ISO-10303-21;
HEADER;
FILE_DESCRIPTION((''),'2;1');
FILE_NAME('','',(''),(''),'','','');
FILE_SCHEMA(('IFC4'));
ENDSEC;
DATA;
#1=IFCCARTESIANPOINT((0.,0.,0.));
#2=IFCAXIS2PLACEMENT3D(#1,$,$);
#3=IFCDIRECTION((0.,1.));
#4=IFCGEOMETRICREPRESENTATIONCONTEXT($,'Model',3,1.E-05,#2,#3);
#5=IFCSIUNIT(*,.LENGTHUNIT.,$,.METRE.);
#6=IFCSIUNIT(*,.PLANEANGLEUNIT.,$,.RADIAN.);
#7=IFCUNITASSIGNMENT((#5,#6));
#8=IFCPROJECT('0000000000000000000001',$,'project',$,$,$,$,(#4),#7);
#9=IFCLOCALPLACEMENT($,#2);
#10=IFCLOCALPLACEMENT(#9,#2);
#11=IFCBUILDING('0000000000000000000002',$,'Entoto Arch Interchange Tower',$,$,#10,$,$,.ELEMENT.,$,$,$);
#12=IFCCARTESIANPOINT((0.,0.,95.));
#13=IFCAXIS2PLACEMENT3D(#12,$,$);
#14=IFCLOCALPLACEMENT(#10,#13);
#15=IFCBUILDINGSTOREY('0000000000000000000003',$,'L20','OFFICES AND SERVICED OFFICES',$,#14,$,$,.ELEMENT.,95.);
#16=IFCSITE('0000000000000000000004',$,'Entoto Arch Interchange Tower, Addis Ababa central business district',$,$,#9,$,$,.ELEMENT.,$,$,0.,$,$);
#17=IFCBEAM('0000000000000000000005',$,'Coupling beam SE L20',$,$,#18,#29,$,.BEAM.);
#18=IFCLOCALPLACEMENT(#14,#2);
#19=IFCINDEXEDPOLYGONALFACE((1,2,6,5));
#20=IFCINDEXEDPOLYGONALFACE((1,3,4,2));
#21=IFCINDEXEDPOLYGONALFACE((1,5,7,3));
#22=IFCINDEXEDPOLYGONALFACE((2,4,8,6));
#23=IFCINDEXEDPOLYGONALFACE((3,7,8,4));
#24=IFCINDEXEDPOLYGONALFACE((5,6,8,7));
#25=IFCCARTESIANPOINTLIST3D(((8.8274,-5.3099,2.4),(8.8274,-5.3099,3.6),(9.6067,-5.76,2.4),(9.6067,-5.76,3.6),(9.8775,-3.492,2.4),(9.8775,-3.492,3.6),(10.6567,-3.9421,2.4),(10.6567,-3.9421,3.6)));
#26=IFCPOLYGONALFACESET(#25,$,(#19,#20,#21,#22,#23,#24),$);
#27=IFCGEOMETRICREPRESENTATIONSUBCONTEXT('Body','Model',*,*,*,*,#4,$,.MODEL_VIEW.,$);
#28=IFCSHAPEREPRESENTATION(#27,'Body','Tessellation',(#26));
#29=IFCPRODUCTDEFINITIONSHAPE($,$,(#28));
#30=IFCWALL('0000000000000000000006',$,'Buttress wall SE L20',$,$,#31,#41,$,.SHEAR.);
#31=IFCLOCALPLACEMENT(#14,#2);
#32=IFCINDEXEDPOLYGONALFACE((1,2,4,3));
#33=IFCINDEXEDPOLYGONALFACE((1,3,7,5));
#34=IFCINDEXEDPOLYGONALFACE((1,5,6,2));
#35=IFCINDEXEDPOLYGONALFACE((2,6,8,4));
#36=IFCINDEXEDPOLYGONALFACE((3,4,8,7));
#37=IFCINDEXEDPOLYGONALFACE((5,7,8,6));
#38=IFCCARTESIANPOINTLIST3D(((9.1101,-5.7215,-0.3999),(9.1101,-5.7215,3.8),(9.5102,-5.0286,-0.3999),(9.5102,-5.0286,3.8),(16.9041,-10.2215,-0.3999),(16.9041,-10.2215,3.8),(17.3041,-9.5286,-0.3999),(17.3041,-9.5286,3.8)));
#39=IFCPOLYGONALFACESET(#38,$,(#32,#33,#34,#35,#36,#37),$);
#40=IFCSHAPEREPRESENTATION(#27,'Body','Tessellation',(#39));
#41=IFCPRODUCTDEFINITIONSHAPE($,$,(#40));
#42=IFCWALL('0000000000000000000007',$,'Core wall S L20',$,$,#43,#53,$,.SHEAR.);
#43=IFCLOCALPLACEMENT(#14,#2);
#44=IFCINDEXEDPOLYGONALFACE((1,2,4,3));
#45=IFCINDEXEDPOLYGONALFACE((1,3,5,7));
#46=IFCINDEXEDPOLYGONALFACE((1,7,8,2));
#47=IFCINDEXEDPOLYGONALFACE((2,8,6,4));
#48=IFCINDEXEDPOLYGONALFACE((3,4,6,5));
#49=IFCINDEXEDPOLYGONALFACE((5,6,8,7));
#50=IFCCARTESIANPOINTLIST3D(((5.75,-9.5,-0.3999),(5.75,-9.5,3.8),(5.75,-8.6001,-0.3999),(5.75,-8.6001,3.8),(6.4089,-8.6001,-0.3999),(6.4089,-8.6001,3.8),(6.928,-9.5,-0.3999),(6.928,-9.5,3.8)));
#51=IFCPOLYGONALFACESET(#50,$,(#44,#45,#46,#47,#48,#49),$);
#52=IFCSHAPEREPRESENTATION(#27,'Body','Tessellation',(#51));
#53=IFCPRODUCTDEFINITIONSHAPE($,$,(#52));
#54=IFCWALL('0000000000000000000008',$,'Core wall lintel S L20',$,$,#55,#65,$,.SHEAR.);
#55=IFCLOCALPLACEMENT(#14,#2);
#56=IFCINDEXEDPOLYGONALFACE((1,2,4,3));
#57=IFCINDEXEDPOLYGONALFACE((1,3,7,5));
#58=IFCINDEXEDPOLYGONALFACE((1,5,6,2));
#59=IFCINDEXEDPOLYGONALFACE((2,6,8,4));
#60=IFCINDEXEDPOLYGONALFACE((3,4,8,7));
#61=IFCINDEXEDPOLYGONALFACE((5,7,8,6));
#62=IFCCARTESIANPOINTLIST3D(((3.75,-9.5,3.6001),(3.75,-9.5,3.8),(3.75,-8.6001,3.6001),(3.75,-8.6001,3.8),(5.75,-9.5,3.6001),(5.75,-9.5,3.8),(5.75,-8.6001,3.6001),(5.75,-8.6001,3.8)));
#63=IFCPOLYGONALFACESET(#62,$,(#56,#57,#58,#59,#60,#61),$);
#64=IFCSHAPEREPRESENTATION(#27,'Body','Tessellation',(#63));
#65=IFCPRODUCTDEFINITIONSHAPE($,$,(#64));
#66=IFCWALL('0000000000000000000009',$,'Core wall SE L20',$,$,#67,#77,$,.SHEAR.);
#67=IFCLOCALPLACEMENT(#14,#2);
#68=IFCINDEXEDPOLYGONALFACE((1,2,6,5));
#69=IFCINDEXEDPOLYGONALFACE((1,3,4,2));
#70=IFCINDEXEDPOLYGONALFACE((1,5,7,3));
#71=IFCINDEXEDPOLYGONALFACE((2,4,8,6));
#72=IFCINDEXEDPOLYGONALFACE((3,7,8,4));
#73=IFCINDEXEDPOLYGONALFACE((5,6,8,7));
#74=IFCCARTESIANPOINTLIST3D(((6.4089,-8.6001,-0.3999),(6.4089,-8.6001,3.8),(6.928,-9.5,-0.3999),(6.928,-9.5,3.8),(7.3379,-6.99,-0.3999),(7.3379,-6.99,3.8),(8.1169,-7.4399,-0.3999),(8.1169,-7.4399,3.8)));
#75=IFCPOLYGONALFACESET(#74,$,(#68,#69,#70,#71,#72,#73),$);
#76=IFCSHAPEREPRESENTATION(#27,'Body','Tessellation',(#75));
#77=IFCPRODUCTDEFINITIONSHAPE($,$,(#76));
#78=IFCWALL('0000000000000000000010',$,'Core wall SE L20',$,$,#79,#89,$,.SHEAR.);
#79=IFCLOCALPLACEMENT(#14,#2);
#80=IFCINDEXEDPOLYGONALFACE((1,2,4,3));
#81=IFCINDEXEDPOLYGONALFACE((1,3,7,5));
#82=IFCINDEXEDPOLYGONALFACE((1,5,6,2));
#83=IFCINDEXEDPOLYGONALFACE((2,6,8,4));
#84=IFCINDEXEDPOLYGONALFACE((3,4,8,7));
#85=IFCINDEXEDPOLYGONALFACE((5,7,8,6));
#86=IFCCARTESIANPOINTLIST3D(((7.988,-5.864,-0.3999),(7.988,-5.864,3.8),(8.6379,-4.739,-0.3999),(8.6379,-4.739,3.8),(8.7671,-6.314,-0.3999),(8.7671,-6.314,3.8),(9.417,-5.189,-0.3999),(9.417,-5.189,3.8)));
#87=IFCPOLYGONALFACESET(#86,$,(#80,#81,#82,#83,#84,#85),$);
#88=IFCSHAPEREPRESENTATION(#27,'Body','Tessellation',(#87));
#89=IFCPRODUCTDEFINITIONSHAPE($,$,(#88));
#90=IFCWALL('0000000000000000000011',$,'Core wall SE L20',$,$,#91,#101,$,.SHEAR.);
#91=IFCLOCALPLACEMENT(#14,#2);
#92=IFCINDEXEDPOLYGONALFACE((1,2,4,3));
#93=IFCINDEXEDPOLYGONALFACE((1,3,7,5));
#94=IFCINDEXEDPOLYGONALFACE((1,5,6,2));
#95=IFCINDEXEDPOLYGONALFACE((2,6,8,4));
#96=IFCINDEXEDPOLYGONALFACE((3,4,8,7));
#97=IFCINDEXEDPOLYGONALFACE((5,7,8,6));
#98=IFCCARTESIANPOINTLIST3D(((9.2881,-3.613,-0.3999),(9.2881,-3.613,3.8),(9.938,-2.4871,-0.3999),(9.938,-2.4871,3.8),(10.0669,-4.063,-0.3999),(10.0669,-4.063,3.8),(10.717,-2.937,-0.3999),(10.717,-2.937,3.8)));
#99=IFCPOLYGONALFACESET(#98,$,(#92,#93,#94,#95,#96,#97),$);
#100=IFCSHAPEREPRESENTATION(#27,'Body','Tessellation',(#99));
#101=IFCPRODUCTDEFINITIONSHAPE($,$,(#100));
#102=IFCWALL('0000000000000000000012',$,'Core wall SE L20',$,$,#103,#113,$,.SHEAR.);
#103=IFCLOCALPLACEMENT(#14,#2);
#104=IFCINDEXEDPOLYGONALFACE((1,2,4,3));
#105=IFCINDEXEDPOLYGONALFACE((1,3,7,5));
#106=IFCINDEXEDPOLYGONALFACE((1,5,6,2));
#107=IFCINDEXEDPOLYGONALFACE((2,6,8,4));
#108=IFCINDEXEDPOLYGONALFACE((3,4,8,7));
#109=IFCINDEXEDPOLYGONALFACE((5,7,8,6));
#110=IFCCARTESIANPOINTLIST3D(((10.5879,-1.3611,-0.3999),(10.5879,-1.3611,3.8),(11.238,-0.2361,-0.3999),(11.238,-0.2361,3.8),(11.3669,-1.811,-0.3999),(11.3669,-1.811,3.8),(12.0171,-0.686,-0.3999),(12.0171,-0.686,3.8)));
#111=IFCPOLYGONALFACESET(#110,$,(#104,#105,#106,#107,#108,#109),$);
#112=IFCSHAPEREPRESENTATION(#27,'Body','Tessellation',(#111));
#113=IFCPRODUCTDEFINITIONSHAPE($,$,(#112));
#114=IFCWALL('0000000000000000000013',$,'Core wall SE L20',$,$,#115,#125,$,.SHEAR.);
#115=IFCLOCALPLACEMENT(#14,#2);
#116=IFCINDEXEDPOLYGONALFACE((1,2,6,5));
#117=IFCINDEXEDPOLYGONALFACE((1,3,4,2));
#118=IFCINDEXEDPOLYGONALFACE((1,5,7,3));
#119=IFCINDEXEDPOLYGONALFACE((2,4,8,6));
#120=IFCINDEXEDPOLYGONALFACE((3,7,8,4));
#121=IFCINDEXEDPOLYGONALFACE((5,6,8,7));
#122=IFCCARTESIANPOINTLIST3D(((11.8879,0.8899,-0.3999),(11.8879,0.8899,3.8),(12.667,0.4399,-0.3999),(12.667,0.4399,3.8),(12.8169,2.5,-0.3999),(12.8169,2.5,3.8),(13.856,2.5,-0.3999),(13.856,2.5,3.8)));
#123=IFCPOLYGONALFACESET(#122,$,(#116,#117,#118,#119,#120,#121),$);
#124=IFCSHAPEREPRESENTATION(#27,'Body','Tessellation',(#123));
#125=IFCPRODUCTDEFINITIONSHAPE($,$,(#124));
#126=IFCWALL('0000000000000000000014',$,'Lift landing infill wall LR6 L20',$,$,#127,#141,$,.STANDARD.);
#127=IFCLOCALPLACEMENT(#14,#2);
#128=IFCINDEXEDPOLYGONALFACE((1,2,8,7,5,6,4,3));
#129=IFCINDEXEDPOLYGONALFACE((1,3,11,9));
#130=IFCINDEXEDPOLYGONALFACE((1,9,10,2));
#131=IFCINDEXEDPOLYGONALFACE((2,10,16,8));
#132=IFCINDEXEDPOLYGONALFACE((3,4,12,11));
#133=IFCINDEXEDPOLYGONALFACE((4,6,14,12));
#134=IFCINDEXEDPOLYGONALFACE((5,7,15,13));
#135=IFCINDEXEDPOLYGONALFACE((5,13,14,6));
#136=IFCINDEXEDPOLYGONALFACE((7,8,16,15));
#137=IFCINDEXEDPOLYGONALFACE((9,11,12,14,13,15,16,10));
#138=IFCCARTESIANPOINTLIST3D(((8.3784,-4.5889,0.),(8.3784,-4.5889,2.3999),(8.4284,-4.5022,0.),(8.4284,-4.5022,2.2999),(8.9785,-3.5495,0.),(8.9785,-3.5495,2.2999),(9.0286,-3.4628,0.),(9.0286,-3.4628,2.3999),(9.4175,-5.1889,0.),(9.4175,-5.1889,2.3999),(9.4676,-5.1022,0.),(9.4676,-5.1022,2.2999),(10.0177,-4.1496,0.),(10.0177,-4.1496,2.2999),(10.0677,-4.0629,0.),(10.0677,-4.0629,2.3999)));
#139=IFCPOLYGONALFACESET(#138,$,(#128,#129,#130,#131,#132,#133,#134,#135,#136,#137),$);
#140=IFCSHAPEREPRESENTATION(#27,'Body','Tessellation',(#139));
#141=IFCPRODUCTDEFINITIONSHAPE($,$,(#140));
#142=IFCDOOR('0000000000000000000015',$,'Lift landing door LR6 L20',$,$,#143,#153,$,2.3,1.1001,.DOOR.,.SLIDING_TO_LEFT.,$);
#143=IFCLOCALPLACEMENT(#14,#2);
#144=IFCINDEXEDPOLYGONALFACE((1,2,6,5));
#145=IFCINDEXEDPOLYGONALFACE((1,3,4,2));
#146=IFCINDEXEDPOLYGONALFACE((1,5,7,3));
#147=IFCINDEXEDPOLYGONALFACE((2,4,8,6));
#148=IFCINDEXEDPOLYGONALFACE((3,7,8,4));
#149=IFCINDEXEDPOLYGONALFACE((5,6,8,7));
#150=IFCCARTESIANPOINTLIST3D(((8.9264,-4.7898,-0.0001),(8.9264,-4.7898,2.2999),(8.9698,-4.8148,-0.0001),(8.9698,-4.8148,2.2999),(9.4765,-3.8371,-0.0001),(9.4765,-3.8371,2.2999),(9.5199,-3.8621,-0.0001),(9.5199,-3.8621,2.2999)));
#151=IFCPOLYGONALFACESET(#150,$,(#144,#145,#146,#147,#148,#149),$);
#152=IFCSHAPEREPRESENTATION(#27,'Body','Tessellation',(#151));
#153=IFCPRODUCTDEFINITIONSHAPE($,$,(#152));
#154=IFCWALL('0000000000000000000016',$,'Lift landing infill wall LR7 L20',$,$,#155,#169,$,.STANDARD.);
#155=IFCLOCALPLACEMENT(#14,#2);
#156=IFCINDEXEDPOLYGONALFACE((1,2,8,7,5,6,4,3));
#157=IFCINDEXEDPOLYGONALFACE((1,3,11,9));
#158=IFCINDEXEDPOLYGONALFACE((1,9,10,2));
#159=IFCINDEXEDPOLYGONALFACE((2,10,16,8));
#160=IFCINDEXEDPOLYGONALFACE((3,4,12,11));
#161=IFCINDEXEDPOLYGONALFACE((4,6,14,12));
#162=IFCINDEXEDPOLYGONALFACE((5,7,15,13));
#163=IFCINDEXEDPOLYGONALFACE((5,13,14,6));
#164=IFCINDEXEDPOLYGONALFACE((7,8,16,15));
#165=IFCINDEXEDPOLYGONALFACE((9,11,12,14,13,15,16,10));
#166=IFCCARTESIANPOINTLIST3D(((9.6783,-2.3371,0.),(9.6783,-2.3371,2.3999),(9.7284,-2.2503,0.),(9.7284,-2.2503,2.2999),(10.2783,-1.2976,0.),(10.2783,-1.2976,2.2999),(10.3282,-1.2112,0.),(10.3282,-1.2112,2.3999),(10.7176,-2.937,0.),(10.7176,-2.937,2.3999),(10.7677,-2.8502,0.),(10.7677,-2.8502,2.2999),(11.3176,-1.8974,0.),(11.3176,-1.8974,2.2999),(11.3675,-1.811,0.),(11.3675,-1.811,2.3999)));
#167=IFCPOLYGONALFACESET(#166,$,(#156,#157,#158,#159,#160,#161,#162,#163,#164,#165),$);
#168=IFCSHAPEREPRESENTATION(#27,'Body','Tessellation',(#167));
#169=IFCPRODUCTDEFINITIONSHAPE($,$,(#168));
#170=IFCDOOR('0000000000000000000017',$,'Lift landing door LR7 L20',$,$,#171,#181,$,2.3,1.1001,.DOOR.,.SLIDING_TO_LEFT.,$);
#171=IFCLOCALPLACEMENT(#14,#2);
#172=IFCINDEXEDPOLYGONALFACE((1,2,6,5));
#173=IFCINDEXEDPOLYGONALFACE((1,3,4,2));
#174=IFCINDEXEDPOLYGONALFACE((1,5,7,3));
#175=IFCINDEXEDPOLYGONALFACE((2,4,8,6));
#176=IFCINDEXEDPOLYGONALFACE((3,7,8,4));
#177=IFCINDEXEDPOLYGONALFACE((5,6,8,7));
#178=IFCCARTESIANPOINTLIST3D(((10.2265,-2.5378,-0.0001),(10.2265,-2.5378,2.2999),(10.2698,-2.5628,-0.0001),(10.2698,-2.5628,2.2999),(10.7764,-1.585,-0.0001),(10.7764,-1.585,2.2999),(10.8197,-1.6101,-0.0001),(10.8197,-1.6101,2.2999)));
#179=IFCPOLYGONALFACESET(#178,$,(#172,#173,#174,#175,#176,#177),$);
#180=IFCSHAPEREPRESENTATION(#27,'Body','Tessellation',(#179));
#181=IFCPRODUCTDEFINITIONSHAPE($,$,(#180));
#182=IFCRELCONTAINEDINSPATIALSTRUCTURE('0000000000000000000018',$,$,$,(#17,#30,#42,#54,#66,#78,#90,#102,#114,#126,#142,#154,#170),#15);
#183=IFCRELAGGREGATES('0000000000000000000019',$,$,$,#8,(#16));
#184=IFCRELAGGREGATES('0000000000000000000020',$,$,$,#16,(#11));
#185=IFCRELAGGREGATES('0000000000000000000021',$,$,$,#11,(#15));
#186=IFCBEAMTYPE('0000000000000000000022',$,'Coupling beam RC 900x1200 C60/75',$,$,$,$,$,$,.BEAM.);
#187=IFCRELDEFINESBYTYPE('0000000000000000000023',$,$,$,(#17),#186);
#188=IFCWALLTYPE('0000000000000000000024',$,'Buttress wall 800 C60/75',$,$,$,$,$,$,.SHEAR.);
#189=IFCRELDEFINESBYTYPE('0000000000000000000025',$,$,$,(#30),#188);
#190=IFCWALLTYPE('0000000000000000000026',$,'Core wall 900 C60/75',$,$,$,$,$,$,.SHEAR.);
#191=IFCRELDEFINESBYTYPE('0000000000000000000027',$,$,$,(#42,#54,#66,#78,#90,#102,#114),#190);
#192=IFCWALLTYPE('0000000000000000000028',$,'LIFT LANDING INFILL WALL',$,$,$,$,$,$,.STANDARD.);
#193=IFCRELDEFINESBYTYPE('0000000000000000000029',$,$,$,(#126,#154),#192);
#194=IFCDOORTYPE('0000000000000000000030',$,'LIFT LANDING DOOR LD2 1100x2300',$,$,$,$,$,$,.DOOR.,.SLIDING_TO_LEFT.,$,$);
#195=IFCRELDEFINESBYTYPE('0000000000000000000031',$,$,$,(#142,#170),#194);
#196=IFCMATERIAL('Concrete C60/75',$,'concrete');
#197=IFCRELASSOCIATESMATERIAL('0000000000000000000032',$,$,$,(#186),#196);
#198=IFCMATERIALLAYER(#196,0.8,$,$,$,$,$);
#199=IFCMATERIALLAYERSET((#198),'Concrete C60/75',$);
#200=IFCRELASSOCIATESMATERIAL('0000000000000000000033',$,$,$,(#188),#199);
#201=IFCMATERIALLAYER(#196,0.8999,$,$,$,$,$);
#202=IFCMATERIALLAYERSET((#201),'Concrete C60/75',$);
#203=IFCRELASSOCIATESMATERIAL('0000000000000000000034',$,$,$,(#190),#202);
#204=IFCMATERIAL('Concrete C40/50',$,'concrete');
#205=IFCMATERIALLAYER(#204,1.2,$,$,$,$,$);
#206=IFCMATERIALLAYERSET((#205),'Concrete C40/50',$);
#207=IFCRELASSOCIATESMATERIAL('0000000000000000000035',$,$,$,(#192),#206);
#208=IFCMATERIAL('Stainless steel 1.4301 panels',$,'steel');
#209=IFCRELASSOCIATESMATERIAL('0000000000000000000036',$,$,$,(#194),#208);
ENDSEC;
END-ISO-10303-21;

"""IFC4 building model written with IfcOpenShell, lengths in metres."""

from ifc_helpers import new_model, si_unit, direction, frame, frame_2d, origin, origin_2d, place, context, subcontext, project, spatial, polyline, rectangle, outline, extrude, material, layer, layer_set, material_profile, profile_set, type_object, element, fill, save


model = new_model("IFC4")

# Units and contexts
model_context = context("Model", 3, precision=1e-05, world=origin(), true_north=direction((0.0, 1.0)))
body_context = subcontext(model_context, "Body", "Model", "MODEL_VIEW")
ifc_project = project(units=[si_unit("LENGTHUNIT", "METRE"), si_unit("PLANEANGLEUNIT", "RADIAN")], contexts=[model_context])

# Site, building, storey
site_placement = place(None, origin())
site = spatial("IfcSite", under=ifc_project, at=site_placement, Name="Entoto Arch Interchange Tower, Addis Ababa central business district", CompositionType="ELEMENT", RefElevation=0.0)
building_placement = place(site_placement, origin())
building = spatial("IfcBuilding", under=site, at=building_placement, Name="Entoto Arch Interchange Tower", CompositionType="ELEMENT")
storey_placement = place(building_placement, frame((0.0, 0.0, 95.0)))
storey = spatial("IfcBuildingStorey", under=building, at=storey_placement, Name="L20", Description="OFFICES AND SERVICED OFFICES", CompositionType="ELEMENT", Elevation=95.0)

# Beam
ifc_material_1 = material(Name="Concrete C60/75", Category="concrete")
ifc_material_profile = material_profile(ifc_material_1, rectangle(XDim=0.8999, YDim=1.2, at=origin_2d()))
ifc_profile_set = profile_set([ifc_material_profile], Name="Concrete C60/75")
beam_type = type_object("IfcBeamType", Name="Coupling beam RC 900x1200 C60/75", PredefinedType="BEAM", material=ifc_profile_set)
beam_placement = place(storey_placement, frame((9.217, -5.5349, 3.0), z_axis=(0.500179, 0.865922, 0.0), x_axis=(-0.865922, 0.500179, 0.0)))
element("IfcBeam", 1, at=beam_placement, inside=storey, type_object=beam_type, Name="Coupling beam SE L20", PredefinedType="BEAM", context=body_context, shape_type="SweptSolid", body=[
    extrude(rectangle(XDim=0.8999, YDim=1.2, at=origin_2d()), origin(), (0.0, 0.0, 1.0), 2.0994),
])

# Walls
ifc_layer_1 = layer(ifc_material_1, 0.8)
ifc_layer_set_1 = layer_set([ifc_layer_1], Name="Concrete C60/75")
wall_type_1 = type_object("IfcWallType", Name="Buttress wall 800 C60/75", PredefinedType="SHEAR", material=ifc_layer_set_1)
wall_1_placement = place(storey_placement, frame((9.3101, -5.375, -0.3999), z_axis=(0.0, 0.0, 1.0), x_axis=(0.866018, -0.500014, 0.0)))
element("IfcWall", 2, at=wall_1_placement, inside=storey, type_object=wall_type_1, Name="Buttress wall SE L20", PredefinedType="SHEAR", context=body_context, shape_type="SweptSolid", body=[
    extrude(rectangle(XDim=8.9998, YDim=0.8, at=frame_2d((4.5, 0.0))), origin(), (0.0, 0.0, 1.0), 4.2),
])
ifc_layer_2 = layer(ifc_material_1, 0.8999)
ifc_layer_set_2 = layer_set([ifc_layer_2], Name="Concrete C60/75")
wall_type_2 = type_object("IfcWallType", Name="Core wall 900 C60/75", PredefinedType="SHEAR", material=ifc_layer_set_2)
wall_2_placement = place(storey_placement, frame((0.0, 0.0, -0.3999)))
element("IfcWall", 3, at=wall_2_placement, inside=storey, type_object=wall_type_2, Name="Core wall S L20", PredefinedType="SHEAR", context=body_context, shape_type="SweptSolid", body=[
    extrude(outline(polyline([(5.75, -8.6001), (5.75, -9.5), (6.928, -9.5), (6.4089, -8.6001), (5.75, -8.6001)])), origin(), (0.0, 0.0, 1.0), 4.2),
])
wall_3_placement = place(storey_placement, frame((0.0, 0.0, 3.6001)))
element("IfcWall", 4, at=wall_3_placement, inside=storey, type_object=wall_type_2, Name="Core wall lintel S L20", PredefinedType="SHEAR", context=body_context, shape_type="SweptSolid", body=[
    extrude(outline(polyline([(5.75, -9.5), (5.75, -8.6001), (3.75, -8.6001), (3.75, -9.5), (5.75, -9.5)])), origin(), (0.0, 0.0, 1.0), 0.2),
])
wall_4_placement = place(storey_placement, frame((0.0, 0.0, -0.3999)))
element("IfcWall", 5, at=wall_4_placement, inside=storey, type_object=wall_type_2, Name="Core wall SE L20", PredefinedType="SHEAR", context=body_context, shape_type="SweptSolid", body=[
    extrude(outline(polyline([(8.1169, -7.4399), (7.3379, -6.99), (6.4089, -8.6001), (6.928, -9.5), (8.1169, -7.4399)])), origin(), (0.0, 0.0, 1.0), 4.2),
])
wall_5_placement = place(storey_placement, frame((0.0, 0.0, -0.3999)))
element("IfcWall", 6, at=wall_5_placement, inside=storey, type_object=wall_type_2, Name="Core wall SE L20", PredefinedType="SHEAR", context=body_context, shape_type="SweptSolid", body=[
    extrude(outline(polyline([(9.417, -5.189), (8.6379, -4.739), (7.988, -5.864), (8.7671, -6.314), (9.417, -5.189)])), origin(), (0.0, 0.0, 1.0), 4.2),
])
wall_6_placement = place(storey_placement, frame((0.0, 0.0, -0.3999)))
element("IfcWall", 7, at=wall_6_placement, inside=storey, type_object=wall_type_2, Name="Core wall SE L20", PredefinedType="SHEAR", context=body_context, shape_type="SweptSolid", body=[
    extrude(outline(polyline([(10.717, -2.937), (9.938, -2.4871), (9.2881, -3.613), (10.0669, -4.063), (10.717, -2.937)])), origin(), (0.0, 0.0, 1.0), 4.2),
])
wall_7_placement = place(storey_placement, frame((0.0, 0.0, -0.3999)))
element("IfcWall", 8, at=wall_7_placement, inside=storey, type_object=wall_type_2, Name="Core wall SE L20", PredefinedType="SHEAR", context=body_context, shape_type="SweptSolid", body=[
    extrude(outline(polyline([(12.0171, -0.686), (11.238, -0.2361), (10.5879, -1.3611), (11.3669, -1.811), (12.0171, -0.686)])), origin(), (0.0, 0.0, 1.0), 4.2),
])
wall_8_placement = place(storey_placement, frame((0.0, 0.0, -0.3999)))
element("IfcWall", 9, at=wall_8_placement, inside=storey, type_object=wall_type_2, Name="Core wall SE L20", PredefinedType="SHEAR", context=body_context, shape_type="SweptSolid", body=[
    extrude(outline(polyline([(11.8879, 0.8899), (12.667, 0.4399), (13.856, 2.5), (12.8169, 2.5), (11.8879, 0.8899)])), origin(), (0.0, 0.0, 1.0), 4.2),
])

# Walls, openings, doors
ifc_material_2 = material(Name="Concrete C40/50", Category="concrete")
ifc_layer_3 = layer(ifc_material_2, 1.2)
ifc_layer_set_3 = layer_set([ifc_layer_3], Name="Concrete C40/50")
wall_type_3 = type_object("IfcWallType", Name="LIFT LANDING INFILL WALL", PredefinedType="STANDARD", material=ifc_layer_set_3)
wall_9_placement = place(storey_placement, frame((8.8979, -4.8889, 0.0), z_axis=(0.0, 0.0, 1.0), x_axis=(0.500037, 0.866004, 0.0)))
wall_9 = element("IfcWall", 10, at=wall_9_placement, inside=storey, type_object=wall_type_3, Name="Lift landing infill wall LR6 L20", PredefinedType="STANDARD", context=body_context, shape_type="SweptSolid", body=[
    extrude(rectangle(XDim=1.3003, YDim=1.2, at=frame_2d((0.6501, 0.0))), origin(), (0.0, 0.0, 1.0), 2.3999),
])
opening_1_placement = place(wall_9_placement, frame((0.1001, 0.0, 0.0)))
opening_1 = element("IfcOpeningElement", 11, at=opening_1_placement, cuts=wall_9, PredefinedType="OPENING", context=body_context, shape_type="SweptSolid", body=[
    extrude(rectangle(XDim=1.1001, YDim=2.3, at=frame_2d((0.55, 1.1499))), frame((0.0, 0.6099, 0.0), z_axis=(0.0, -1.0, 0.0), x_axis=(1.0, 0.0, 0.0)), (0.0, 0.0, 1.0), 1.22),
])
ifc_material_3 = material(Name="Stainless steel 1.4301 panels", Category="steel")
door_type_1 = type_object("IfcDoorType", Name="LIFT LANDING DOOR LD2 1100x2300", OperationType="SLIDING_TO_LEFT", PredefinedType="DOOR", material=ifc_material_3)
door_1_placement = place(opening_1_placement, origin())
door_1 = element("IfcDoor", 12, at=door_1_placement, inside=storey, type_object=door_type_1, Name="Lift landing door LR6 L20", OperationType="SLIDING_TO_LEFT", OverallHeight=2.3, OverallWidth=1.1001, PredefinedType="DOOR", context=body_context, shape_type="SweptSolid", body=[
    extrude(rectangle(XDim=1.1001, YDim=2.3, at=frame_2d((0.55, 1.1499))), frame((0.0, 0.0249, 0.0), z_axis=(0.0, -1.0, 0.0), x_axis=(1.0, 0.0, 0.0)), (0.0, 0.0, 1.0), 0.05),
])
fill(opening_1, door_1)
wall_10_placement = place(storey_placement, frame((10.198, -2.637, 0.0), z_axis=(0.0, 0.0, 1.0), x_axis=(0.499896, 0.866086, 0.0)))
wall_10 = element("IfcWall", 13, at=wall_10_placement, inside=storey, type_object=wall_type_3, Name="Lift landing infill wall LR7 L20", PredefinedType="STANDARD", context=body_context, shape_type="SweptSolid", body=[
    extrude(rectangle(XDim=1.3, YDim=1.2, at=frame_2d((0.6499, 0.0))), origin(), (0.0, 0.0, 1.0), 2.3999),
])
opening_2_placement = place(wall_10_placement, frame((0.1001, 0.0, 0.0)))
opening_2 = element("IfcOpeningElement", 14, at=opening_2_placement, cuts=wall_10, PredefinedType="OPENING", context=body_context, shape_type="SweptSolid", body=[
    extrude(rectangle(XDim=1.1001, YDim=2.3, at=frame_2d((0.55, 1.1499))), frame((0.0, 0.6099, 0.0), z_axis=(0.0, -1.0, 0.0), x_axis=(1.0, 0.0, 0.0)), (0.0, 0.0, 1.0), 1.22),
])
door_2_placement = place(opening_2_placement, origin())
door_2 = element("IfcDoor", 15, at=door_2_placement, inside=storey, type_object=door_type_1, Name="Lift landing door LR7 L20", OperationType="SLIDING_TO_LEFT", OverallHeight=2.3, OverallWidth=1.1001, PredefinedType="DOOR", context=body_context, shape_type="SweptSolid", body=[
    extrude(rectangle(XDim=1.1001, YDim=2.3, at=frame_2d((0.55, 1.1499))), frame((0.0, 0.0249, 0.0), z_axis=(0.0, -1.0, 0.0), x_axis=(1.0, 0.0, 0.0)), (0.0, 0.0, 1.0), 0.05),
])
fill(opening_2, door_2)

save(model, "model.ifc")
